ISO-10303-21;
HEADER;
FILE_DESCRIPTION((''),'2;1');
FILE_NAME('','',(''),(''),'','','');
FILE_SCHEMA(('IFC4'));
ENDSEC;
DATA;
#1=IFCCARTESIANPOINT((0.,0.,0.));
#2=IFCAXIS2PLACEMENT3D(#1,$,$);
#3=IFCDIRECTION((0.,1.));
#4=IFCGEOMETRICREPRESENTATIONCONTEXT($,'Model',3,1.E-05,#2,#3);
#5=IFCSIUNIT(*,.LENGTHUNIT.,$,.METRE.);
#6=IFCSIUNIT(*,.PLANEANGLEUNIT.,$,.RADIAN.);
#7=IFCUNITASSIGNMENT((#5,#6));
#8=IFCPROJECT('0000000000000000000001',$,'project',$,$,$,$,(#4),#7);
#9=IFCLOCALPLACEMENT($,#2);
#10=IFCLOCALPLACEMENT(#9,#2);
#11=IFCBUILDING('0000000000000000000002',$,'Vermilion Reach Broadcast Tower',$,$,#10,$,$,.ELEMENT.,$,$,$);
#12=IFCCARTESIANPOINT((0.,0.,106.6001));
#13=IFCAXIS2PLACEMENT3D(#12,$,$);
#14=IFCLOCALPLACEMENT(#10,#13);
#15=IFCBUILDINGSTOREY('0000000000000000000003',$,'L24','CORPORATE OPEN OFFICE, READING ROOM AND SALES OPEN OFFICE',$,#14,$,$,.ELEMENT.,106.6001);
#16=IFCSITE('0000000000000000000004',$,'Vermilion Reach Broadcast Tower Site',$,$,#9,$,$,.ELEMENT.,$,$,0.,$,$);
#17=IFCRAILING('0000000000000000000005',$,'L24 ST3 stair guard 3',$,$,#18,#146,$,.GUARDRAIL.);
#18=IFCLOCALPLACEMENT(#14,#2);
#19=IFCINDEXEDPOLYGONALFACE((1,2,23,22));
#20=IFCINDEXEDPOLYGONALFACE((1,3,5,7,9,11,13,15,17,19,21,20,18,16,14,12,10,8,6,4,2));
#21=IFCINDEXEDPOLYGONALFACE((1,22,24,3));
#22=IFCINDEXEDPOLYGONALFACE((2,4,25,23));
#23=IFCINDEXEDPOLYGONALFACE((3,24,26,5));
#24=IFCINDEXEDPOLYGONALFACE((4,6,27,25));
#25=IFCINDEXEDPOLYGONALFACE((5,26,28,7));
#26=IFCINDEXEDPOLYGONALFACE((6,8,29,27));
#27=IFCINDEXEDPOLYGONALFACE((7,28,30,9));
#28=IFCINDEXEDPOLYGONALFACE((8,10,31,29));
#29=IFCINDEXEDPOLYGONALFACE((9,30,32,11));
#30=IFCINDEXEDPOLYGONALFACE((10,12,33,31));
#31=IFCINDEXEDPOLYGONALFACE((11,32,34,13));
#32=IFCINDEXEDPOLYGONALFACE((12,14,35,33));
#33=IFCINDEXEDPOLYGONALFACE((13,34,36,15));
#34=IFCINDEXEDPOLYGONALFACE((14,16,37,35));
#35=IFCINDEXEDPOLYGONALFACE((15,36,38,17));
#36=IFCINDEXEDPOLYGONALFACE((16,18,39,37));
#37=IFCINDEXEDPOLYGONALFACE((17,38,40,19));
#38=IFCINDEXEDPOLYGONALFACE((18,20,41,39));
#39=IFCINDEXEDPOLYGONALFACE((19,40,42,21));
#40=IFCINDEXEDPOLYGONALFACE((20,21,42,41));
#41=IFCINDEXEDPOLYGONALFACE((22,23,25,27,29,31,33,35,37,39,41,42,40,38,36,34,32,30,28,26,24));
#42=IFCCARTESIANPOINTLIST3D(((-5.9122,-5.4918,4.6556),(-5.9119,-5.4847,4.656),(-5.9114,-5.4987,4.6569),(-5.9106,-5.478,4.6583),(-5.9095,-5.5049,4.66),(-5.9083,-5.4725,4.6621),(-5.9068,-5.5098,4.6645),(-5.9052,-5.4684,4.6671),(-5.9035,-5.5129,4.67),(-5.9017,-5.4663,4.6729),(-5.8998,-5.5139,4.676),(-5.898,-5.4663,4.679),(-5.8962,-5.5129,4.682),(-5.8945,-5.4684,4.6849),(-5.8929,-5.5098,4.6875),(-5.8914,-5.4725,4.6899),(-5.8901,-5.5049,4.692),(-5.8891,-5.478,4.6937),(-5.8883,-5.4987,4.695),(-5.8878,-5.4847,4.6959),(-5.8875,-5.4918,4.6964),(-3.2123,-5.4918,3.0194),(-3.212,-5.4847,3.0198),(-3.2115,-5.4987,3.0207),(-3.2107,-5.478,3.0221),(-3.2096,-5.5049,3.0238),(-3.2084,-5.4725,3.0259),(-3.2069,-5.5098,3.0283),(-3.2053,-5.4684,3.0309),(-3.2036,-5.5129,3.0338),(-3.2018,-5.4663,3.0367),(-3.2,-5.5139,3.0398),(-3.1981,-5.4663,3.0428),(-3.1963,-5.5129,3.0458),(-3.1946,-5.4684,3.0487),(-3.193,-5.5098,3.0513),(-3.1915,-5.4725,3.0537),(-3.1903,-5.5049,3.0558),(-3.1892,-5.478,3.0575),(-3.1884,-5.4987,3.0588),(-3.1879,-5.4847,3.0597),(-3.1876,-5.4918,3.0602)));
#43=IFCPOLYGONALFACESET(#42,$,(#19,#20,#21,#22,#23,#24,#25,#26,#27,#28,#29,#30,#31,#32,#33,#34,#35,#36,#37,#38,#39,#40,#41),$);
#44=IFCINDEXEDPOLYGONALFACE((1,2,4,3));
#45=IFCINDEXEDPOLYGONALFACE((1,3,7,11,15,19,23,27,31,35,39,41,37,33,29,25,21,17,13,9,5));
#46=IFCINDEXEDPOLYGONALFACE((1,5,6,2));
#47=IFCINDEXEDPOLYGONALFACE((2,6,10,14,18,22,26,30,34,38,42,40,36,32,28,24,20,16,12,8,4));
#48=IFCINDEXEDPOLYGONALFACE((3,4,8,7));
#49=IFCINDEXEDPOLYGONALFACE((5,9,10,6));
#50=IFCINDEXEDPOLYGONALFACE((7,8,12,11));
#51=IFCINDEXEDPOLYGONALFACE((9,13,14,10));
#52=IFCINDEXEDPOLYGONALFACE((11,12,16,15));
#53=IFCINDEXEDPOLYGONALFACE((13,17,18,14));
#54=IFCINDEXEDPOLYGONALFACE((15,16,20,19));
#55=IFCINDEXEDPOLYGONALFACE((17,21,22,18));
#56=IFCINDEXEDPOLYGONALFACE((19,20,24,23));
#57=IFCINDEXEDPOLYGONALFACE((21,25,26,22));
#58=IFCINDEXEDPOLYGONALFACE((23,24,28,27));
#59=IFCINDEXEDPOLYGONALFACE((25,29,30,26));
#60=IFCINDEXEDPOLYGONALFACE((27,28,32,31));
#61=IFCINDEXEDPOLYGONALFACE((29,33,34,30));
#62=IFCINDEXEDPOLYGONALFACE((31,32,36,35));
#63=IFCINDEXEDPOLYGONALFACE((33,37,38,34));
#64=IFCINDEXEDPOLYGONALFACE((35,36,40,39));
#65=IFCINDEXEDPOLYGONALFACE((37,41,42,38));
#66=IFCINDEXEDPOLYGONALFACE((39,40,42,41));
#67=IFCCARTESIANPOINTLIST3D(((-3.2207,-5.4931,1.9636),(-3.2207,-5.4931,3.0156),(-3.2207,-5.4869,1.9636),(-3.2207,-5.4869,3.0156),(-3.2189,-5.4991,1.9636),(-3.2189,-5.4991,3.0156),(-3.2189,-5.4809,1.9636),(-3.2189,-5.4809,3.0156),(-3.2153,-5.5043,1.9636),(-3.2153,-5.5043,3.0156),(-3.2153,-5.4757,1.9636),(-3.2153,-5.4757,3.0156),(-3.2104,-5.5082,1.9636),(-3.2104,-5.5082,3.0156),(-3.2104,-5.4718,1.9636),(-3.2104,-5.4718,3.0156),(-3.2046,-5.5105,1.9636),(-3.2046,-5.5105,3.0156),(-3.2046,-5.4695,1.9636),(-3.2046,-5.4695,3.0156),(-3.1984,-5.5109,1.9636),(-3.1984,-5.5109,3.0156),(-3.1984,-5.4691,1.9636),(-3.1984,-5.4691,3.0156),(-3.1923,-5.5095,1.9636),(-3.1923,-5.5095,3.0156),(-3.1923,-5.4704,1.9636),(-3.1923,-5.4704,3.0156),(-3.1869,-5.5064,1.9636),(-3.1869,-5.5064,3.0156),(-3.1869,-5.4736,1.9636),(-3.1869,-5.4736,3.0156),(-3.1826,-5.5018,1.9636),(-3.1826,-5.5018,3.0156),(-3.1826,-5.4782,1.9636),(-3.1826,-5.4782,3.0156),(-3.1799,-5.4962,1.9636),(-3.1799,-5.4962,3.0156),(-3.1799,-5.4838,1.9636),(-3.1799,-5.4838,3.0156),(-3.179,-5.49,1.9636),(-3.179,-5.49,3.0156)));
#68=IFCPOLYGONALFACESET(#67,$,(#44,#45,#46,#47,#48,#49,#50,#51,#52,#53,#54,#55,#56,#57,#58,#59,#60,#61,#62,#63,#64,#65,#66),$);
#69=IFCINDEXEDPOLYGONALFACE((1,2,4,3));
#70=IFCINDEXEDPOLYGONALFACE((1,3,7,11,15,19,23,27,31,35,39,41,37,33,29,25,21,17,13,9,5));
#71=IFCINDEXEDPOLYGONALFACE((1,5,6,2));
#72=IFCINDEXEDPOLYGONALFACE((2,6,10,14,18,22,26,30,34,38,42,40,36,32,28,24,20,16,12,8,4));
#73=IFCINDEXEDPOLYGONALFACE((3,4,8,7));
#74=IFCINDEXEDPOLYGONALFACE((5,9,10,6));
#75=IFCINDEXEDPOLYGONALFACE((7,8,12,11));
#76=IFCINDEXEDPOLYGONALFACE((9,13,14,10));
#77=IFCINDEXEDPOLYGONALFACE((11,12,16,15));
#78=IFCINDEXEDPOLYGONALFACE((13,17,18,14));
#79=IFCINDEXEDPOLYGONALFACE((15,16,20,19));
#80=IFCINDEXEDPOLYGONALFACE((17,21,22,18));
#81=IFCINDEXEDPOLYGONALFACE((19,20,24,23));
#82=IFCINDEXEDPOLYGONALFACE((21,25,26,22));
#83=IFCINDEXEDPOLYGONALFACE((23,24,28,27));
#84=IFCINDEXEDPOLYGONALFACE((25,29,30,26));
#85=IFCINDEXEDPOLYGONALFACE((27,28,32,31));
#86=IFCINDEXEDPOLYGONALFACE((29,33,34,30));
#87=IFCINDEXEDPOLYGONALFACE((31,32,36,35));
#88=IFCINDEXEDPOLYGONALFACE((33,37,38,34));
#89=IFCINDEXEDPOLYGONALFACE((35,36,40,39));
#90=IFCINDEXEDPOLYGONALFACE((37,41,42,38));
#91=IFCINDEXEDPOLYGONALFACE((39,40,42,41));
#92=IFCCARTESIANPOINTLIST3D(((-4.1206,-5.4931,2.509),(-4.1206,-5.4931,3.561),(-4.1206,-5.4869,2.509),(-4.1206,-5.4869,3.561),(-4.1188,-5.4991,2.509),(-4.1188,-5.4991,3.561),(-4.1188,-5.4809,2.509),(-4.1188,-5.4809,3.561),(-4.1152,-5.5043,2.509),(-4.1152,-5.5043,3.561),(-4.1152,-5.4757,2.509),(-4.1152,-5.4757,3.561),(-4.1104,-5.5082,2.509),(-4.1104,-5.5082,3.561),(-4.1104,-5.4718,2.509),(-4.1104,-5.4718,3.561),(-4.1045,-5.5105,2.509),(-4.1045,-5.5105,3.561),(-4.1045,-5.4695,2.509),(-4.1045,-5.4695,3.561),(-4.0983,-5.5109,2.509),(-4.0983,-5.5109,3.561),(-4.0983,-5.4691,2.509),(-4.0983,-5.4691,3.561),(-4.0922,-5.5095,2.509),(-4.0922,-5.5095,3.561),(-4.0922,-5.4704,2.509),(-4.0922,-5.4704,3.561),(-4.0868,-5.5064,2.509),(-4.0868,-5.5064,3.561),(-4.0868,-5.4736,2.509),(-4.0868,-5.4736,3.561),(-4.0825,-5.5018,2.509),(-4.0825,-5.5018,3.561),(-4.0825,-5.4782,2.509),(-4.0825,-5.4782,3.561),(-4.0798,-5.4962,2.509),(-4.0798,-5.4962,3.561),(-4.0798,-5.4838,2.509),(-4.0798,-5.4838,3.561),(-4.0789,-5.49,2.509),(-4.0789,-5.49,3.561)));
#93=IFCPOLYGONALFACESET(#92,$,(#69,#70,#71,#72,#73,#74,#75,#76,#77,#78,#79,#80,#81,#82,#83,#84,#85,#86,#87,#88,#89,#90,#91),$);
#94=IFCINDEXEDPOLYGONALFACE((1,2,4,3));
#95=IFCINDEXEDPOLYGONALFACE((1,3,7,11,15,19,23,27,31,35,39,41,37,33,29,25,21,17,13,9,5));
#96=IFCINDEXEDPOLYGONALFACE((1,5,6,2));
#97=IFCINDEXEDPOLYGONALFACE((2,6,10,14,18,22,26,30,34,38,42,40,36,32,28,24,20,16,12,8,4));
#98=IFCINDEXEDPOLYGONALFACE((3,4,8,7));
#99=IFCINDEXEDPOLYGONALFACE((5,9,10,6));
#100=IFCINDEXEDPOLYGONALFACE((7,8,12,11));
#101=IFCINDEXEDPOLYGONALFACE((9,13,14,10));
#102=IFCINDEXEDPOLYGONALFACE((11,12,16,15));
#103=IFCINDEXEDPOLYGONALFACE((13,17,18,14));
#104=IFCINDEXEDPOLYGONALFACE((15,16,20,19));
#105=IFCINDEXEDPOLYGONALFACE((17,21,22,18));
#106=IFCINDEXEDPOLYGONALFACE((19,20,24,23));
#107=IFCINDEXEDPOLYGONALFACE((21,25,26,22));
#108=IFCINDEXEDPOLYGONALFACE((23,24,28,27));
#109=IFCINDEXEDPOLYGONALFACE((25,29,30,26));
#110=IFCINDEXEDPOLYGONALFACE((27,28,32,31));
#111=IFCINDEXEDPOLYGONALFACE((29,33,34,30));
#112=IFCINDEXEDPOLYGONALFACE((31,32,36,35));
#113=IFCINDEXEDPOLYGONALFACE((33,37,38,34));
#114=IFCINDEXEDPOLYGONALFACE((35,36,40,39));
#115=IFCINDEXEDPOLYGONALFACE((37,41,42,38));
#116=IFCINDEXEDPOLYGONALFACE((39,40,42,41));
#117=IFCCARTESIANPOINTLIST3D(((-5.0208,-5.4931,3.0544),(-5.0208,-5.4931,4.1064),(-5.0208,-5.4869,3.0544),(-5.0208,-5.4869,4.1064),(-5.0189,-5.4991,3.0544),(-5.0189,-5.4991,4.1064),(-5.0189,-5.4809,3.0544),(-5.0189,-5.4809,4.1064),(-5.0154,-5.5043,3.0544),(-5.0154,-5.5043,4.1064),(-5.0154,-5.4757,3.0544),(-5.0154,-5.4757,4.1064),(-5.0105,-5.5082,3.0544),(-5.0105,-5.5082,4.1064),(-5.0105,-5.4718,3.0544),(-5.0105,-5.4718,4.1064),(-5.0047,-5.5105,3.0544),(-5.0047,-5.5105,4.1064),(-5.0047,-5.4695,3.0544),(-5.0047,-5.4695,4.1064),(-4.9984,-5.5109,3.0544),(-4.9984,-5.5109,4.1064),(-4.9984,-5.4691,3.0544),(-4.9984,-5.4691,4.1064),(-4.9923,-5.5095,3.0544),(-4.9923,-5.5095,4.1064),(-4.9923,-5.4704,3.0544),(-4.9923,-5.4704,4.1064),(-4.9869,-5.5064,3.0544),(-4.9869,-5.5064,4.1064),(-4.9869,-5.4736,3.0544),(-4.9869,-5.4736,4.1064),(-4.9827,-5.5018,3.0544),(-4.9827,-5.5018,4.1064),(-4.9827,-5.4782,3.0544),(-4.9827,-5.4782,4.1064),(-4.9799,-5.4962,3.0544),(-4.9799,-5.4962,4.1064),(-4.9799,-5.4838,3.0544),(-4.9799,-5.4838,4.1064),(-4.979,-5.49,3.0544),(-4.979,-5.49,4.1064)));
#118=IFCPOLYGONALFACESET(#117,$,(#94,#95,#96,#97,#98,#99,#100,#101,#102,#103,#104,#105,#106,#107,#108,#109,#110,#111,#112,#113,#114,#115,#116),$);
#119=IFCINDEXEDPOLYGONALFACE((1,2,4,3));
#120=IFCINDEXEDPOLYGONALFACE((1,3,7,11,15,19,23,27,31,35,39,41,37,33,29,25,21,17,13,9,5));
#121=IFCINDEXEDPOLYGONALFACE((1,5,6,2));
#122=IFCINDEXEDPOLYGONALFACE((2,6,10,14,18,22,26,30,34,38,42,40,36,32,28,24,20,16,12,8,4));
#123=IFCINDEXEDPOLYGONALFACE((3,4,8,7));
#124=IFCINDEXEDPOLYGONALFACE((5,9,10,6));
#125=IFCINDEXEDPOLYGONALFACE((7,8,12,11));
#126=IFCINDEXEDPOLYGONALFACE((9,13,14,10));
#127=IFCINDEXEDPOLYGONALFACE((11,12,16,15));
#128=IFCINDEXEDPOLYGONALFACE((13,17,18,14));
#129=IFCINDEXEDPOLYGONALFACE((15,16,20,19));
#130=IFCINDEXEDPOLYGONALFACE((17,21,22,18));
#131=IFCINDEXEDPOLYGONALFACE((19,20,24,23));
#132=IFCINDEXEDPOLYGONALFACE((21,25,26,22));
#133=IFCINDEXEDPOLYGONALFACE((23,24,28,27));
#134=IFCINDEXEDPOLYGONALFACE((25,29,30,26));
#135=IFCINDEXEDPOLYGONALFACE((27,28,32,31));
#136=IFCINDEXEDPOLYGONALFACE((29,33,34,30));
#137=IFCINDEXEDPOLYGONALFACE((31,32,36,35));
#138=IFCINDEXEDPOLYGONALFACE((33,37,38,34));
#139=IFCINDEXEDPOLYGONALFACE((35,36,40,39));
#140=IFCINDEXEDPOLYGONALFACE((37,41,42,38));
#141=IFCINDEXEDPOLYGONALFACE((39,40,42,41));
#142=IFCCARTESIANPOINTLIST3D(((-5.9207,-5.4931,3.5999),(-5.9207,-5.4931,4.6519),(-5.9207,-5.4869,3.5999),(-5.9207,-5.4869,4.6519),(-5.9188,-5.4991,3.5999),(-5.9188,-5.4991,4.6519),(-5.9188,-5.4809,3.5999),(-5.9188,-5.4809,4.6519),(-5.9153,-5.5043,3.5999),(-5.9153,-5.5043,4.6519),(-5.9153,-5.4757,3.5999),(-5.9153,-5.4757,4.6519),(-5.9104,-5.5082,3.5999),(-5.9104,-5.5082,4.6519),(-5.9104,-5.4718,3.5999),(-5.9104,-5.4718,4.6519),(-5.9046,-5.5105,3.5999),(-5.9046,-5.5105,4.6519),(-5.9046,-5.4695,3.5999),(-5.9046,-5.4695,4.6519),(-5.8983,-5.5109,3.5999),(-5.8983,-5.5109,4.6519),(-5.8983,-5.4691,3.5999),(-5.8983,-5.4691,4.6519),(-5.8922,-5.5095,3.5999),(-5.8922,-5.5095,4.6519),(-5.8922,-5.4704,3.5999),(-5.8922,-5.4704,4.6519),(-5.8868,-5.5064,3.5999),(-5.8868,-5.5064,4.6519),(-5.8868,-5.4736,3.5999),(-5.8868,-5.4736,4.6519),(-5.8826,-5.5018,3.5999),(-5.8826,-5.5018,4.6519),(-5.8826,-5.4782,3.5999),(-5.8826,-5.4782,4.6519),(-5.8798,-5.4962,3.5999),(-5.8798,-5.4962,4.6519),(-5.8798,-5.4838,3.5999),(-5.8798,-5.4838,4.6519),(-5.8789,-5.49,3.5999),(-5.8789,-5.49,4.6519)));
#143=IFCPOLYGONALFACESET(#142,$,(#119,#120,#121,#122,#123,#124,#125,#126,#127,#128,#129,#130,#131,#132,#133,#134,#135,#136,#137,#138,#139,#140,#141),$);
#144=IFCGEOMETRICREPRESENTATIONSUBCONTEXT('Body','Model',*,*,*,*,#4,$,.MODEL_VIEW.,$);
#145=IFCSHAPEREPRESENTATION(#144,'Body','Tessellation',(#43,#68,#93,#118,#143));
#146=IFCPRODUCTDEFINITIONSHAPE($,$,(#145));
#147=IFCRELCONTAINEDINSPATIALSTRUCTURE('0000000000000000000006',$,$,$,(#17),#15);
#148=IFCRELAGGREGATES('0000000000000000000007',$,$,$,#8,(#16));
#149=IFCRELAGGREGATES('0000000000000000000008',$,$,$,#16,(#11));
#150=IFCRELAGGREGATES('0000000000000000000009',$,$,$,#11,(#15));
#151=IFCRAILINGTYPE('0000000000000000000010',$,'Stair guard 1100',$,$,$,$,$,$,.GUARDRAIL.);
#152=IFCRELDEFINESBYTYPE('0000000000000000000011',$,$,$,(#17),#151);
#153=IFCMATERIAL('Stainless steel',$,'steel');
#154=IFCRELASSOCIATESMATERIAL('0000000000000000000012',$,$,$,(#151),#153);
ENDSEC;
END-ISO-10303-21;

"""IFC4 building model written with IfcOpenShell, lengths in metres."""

from ifc_helpers import new_model, si_unit, direction, frame, origin, origin_2d, place, context, subcontext, project, spatial, circle, extrude, material, type_object, element, save


model = new_model("IFC4")

# Units and contexts
model_context = context("Model", 3, precision=1e-05, world=origin(), true_north=direction((0.0, 1.0)))
body_context = subcontext(model_context, "Body", "Model", "MODEL_VIEW")
ifc_project = project(units=[si_unit("LENGTHUNIT", "METRE"), si_unit("PLANEANGLEUNIT", "RADIAN")], contexts=[model_context])

# Site, building, storey
site_placement = place(None, origin())
site = spatial("IfcSite", under=ifc_project, at=site_placement, Name="Vermilion Reach Broadcast Tower Site", CompositionType="ELEMENT", RefElevation=0.0)
building_placement = place(site_placement, origin())
building = spatial("IfcBuilding", under=site, at=building_placement, Name="Vermilion Reach Broadcast Tower", CompositionType="ELEMENT")
storey_placement = place(building_placement, frame((0.0, 0.0, 106.6001)))
storey = spatial("IfcBuildingStorey", under=building, at=storey_placement, Name="L24", Description="CORPORATE OPEN OFFICE, READING ROOM AND SALES OPEN OFFICE", CompositionType="ELEMENT", Elevation=106.6001)

# Railing
ifc_material_1 = material(Name="Stainless steel", Category="steel")
railing_type_1 = type_object("IfcRailingType", Name="Stair guard 1100", PredefinedType="GUARDRAIL", material=ifc_material_1)
railing_1_placement = place(storey_placement, frame((-3.2, -5.49, 1.9636)))
element("IfcRailing", 1, at=railing_1_placement, inside=storey, type_object=railing_type_1, Name="L24 ST3 stair guard 3", PredefinedType="GUARDRAIL", context=body_context, shape_type="SweptSolid", body=[
    extrude(circle(Radius=0.0239, at=origin_2d()), frame((0.0, 0.0, 1.0762), z_axis=(-0.855212, 0.0, 0.518278), x_axis=(0.0, -1.0, 0.0)), (0.0, 0.0, 1.0), 3.157),
    extrude(circle(Radius=0.021, at=origin_2d()), origin(), (0.0, 0.0, 1.0), 1.052),
    extrude(circle(Radius=0.021, at=origin_2d()), frame((-0.8999, 0.0, 0.5454)), (0.0, 0.0, 1.0), 1.052),
    extrude(circle(Radius=0.021, at=origin_2d()), frame((-1.8, 0.0, 1.0908)), (0.0, 0.0, 1.0), 1.052),
    extrude(circle(Radius=0.021, at=origin_2d()), frame((-2.7, 0.0, 1.6362)), (0.0, 0.0, 1.0), 1.052),
])

save(model, "model.ifc")
